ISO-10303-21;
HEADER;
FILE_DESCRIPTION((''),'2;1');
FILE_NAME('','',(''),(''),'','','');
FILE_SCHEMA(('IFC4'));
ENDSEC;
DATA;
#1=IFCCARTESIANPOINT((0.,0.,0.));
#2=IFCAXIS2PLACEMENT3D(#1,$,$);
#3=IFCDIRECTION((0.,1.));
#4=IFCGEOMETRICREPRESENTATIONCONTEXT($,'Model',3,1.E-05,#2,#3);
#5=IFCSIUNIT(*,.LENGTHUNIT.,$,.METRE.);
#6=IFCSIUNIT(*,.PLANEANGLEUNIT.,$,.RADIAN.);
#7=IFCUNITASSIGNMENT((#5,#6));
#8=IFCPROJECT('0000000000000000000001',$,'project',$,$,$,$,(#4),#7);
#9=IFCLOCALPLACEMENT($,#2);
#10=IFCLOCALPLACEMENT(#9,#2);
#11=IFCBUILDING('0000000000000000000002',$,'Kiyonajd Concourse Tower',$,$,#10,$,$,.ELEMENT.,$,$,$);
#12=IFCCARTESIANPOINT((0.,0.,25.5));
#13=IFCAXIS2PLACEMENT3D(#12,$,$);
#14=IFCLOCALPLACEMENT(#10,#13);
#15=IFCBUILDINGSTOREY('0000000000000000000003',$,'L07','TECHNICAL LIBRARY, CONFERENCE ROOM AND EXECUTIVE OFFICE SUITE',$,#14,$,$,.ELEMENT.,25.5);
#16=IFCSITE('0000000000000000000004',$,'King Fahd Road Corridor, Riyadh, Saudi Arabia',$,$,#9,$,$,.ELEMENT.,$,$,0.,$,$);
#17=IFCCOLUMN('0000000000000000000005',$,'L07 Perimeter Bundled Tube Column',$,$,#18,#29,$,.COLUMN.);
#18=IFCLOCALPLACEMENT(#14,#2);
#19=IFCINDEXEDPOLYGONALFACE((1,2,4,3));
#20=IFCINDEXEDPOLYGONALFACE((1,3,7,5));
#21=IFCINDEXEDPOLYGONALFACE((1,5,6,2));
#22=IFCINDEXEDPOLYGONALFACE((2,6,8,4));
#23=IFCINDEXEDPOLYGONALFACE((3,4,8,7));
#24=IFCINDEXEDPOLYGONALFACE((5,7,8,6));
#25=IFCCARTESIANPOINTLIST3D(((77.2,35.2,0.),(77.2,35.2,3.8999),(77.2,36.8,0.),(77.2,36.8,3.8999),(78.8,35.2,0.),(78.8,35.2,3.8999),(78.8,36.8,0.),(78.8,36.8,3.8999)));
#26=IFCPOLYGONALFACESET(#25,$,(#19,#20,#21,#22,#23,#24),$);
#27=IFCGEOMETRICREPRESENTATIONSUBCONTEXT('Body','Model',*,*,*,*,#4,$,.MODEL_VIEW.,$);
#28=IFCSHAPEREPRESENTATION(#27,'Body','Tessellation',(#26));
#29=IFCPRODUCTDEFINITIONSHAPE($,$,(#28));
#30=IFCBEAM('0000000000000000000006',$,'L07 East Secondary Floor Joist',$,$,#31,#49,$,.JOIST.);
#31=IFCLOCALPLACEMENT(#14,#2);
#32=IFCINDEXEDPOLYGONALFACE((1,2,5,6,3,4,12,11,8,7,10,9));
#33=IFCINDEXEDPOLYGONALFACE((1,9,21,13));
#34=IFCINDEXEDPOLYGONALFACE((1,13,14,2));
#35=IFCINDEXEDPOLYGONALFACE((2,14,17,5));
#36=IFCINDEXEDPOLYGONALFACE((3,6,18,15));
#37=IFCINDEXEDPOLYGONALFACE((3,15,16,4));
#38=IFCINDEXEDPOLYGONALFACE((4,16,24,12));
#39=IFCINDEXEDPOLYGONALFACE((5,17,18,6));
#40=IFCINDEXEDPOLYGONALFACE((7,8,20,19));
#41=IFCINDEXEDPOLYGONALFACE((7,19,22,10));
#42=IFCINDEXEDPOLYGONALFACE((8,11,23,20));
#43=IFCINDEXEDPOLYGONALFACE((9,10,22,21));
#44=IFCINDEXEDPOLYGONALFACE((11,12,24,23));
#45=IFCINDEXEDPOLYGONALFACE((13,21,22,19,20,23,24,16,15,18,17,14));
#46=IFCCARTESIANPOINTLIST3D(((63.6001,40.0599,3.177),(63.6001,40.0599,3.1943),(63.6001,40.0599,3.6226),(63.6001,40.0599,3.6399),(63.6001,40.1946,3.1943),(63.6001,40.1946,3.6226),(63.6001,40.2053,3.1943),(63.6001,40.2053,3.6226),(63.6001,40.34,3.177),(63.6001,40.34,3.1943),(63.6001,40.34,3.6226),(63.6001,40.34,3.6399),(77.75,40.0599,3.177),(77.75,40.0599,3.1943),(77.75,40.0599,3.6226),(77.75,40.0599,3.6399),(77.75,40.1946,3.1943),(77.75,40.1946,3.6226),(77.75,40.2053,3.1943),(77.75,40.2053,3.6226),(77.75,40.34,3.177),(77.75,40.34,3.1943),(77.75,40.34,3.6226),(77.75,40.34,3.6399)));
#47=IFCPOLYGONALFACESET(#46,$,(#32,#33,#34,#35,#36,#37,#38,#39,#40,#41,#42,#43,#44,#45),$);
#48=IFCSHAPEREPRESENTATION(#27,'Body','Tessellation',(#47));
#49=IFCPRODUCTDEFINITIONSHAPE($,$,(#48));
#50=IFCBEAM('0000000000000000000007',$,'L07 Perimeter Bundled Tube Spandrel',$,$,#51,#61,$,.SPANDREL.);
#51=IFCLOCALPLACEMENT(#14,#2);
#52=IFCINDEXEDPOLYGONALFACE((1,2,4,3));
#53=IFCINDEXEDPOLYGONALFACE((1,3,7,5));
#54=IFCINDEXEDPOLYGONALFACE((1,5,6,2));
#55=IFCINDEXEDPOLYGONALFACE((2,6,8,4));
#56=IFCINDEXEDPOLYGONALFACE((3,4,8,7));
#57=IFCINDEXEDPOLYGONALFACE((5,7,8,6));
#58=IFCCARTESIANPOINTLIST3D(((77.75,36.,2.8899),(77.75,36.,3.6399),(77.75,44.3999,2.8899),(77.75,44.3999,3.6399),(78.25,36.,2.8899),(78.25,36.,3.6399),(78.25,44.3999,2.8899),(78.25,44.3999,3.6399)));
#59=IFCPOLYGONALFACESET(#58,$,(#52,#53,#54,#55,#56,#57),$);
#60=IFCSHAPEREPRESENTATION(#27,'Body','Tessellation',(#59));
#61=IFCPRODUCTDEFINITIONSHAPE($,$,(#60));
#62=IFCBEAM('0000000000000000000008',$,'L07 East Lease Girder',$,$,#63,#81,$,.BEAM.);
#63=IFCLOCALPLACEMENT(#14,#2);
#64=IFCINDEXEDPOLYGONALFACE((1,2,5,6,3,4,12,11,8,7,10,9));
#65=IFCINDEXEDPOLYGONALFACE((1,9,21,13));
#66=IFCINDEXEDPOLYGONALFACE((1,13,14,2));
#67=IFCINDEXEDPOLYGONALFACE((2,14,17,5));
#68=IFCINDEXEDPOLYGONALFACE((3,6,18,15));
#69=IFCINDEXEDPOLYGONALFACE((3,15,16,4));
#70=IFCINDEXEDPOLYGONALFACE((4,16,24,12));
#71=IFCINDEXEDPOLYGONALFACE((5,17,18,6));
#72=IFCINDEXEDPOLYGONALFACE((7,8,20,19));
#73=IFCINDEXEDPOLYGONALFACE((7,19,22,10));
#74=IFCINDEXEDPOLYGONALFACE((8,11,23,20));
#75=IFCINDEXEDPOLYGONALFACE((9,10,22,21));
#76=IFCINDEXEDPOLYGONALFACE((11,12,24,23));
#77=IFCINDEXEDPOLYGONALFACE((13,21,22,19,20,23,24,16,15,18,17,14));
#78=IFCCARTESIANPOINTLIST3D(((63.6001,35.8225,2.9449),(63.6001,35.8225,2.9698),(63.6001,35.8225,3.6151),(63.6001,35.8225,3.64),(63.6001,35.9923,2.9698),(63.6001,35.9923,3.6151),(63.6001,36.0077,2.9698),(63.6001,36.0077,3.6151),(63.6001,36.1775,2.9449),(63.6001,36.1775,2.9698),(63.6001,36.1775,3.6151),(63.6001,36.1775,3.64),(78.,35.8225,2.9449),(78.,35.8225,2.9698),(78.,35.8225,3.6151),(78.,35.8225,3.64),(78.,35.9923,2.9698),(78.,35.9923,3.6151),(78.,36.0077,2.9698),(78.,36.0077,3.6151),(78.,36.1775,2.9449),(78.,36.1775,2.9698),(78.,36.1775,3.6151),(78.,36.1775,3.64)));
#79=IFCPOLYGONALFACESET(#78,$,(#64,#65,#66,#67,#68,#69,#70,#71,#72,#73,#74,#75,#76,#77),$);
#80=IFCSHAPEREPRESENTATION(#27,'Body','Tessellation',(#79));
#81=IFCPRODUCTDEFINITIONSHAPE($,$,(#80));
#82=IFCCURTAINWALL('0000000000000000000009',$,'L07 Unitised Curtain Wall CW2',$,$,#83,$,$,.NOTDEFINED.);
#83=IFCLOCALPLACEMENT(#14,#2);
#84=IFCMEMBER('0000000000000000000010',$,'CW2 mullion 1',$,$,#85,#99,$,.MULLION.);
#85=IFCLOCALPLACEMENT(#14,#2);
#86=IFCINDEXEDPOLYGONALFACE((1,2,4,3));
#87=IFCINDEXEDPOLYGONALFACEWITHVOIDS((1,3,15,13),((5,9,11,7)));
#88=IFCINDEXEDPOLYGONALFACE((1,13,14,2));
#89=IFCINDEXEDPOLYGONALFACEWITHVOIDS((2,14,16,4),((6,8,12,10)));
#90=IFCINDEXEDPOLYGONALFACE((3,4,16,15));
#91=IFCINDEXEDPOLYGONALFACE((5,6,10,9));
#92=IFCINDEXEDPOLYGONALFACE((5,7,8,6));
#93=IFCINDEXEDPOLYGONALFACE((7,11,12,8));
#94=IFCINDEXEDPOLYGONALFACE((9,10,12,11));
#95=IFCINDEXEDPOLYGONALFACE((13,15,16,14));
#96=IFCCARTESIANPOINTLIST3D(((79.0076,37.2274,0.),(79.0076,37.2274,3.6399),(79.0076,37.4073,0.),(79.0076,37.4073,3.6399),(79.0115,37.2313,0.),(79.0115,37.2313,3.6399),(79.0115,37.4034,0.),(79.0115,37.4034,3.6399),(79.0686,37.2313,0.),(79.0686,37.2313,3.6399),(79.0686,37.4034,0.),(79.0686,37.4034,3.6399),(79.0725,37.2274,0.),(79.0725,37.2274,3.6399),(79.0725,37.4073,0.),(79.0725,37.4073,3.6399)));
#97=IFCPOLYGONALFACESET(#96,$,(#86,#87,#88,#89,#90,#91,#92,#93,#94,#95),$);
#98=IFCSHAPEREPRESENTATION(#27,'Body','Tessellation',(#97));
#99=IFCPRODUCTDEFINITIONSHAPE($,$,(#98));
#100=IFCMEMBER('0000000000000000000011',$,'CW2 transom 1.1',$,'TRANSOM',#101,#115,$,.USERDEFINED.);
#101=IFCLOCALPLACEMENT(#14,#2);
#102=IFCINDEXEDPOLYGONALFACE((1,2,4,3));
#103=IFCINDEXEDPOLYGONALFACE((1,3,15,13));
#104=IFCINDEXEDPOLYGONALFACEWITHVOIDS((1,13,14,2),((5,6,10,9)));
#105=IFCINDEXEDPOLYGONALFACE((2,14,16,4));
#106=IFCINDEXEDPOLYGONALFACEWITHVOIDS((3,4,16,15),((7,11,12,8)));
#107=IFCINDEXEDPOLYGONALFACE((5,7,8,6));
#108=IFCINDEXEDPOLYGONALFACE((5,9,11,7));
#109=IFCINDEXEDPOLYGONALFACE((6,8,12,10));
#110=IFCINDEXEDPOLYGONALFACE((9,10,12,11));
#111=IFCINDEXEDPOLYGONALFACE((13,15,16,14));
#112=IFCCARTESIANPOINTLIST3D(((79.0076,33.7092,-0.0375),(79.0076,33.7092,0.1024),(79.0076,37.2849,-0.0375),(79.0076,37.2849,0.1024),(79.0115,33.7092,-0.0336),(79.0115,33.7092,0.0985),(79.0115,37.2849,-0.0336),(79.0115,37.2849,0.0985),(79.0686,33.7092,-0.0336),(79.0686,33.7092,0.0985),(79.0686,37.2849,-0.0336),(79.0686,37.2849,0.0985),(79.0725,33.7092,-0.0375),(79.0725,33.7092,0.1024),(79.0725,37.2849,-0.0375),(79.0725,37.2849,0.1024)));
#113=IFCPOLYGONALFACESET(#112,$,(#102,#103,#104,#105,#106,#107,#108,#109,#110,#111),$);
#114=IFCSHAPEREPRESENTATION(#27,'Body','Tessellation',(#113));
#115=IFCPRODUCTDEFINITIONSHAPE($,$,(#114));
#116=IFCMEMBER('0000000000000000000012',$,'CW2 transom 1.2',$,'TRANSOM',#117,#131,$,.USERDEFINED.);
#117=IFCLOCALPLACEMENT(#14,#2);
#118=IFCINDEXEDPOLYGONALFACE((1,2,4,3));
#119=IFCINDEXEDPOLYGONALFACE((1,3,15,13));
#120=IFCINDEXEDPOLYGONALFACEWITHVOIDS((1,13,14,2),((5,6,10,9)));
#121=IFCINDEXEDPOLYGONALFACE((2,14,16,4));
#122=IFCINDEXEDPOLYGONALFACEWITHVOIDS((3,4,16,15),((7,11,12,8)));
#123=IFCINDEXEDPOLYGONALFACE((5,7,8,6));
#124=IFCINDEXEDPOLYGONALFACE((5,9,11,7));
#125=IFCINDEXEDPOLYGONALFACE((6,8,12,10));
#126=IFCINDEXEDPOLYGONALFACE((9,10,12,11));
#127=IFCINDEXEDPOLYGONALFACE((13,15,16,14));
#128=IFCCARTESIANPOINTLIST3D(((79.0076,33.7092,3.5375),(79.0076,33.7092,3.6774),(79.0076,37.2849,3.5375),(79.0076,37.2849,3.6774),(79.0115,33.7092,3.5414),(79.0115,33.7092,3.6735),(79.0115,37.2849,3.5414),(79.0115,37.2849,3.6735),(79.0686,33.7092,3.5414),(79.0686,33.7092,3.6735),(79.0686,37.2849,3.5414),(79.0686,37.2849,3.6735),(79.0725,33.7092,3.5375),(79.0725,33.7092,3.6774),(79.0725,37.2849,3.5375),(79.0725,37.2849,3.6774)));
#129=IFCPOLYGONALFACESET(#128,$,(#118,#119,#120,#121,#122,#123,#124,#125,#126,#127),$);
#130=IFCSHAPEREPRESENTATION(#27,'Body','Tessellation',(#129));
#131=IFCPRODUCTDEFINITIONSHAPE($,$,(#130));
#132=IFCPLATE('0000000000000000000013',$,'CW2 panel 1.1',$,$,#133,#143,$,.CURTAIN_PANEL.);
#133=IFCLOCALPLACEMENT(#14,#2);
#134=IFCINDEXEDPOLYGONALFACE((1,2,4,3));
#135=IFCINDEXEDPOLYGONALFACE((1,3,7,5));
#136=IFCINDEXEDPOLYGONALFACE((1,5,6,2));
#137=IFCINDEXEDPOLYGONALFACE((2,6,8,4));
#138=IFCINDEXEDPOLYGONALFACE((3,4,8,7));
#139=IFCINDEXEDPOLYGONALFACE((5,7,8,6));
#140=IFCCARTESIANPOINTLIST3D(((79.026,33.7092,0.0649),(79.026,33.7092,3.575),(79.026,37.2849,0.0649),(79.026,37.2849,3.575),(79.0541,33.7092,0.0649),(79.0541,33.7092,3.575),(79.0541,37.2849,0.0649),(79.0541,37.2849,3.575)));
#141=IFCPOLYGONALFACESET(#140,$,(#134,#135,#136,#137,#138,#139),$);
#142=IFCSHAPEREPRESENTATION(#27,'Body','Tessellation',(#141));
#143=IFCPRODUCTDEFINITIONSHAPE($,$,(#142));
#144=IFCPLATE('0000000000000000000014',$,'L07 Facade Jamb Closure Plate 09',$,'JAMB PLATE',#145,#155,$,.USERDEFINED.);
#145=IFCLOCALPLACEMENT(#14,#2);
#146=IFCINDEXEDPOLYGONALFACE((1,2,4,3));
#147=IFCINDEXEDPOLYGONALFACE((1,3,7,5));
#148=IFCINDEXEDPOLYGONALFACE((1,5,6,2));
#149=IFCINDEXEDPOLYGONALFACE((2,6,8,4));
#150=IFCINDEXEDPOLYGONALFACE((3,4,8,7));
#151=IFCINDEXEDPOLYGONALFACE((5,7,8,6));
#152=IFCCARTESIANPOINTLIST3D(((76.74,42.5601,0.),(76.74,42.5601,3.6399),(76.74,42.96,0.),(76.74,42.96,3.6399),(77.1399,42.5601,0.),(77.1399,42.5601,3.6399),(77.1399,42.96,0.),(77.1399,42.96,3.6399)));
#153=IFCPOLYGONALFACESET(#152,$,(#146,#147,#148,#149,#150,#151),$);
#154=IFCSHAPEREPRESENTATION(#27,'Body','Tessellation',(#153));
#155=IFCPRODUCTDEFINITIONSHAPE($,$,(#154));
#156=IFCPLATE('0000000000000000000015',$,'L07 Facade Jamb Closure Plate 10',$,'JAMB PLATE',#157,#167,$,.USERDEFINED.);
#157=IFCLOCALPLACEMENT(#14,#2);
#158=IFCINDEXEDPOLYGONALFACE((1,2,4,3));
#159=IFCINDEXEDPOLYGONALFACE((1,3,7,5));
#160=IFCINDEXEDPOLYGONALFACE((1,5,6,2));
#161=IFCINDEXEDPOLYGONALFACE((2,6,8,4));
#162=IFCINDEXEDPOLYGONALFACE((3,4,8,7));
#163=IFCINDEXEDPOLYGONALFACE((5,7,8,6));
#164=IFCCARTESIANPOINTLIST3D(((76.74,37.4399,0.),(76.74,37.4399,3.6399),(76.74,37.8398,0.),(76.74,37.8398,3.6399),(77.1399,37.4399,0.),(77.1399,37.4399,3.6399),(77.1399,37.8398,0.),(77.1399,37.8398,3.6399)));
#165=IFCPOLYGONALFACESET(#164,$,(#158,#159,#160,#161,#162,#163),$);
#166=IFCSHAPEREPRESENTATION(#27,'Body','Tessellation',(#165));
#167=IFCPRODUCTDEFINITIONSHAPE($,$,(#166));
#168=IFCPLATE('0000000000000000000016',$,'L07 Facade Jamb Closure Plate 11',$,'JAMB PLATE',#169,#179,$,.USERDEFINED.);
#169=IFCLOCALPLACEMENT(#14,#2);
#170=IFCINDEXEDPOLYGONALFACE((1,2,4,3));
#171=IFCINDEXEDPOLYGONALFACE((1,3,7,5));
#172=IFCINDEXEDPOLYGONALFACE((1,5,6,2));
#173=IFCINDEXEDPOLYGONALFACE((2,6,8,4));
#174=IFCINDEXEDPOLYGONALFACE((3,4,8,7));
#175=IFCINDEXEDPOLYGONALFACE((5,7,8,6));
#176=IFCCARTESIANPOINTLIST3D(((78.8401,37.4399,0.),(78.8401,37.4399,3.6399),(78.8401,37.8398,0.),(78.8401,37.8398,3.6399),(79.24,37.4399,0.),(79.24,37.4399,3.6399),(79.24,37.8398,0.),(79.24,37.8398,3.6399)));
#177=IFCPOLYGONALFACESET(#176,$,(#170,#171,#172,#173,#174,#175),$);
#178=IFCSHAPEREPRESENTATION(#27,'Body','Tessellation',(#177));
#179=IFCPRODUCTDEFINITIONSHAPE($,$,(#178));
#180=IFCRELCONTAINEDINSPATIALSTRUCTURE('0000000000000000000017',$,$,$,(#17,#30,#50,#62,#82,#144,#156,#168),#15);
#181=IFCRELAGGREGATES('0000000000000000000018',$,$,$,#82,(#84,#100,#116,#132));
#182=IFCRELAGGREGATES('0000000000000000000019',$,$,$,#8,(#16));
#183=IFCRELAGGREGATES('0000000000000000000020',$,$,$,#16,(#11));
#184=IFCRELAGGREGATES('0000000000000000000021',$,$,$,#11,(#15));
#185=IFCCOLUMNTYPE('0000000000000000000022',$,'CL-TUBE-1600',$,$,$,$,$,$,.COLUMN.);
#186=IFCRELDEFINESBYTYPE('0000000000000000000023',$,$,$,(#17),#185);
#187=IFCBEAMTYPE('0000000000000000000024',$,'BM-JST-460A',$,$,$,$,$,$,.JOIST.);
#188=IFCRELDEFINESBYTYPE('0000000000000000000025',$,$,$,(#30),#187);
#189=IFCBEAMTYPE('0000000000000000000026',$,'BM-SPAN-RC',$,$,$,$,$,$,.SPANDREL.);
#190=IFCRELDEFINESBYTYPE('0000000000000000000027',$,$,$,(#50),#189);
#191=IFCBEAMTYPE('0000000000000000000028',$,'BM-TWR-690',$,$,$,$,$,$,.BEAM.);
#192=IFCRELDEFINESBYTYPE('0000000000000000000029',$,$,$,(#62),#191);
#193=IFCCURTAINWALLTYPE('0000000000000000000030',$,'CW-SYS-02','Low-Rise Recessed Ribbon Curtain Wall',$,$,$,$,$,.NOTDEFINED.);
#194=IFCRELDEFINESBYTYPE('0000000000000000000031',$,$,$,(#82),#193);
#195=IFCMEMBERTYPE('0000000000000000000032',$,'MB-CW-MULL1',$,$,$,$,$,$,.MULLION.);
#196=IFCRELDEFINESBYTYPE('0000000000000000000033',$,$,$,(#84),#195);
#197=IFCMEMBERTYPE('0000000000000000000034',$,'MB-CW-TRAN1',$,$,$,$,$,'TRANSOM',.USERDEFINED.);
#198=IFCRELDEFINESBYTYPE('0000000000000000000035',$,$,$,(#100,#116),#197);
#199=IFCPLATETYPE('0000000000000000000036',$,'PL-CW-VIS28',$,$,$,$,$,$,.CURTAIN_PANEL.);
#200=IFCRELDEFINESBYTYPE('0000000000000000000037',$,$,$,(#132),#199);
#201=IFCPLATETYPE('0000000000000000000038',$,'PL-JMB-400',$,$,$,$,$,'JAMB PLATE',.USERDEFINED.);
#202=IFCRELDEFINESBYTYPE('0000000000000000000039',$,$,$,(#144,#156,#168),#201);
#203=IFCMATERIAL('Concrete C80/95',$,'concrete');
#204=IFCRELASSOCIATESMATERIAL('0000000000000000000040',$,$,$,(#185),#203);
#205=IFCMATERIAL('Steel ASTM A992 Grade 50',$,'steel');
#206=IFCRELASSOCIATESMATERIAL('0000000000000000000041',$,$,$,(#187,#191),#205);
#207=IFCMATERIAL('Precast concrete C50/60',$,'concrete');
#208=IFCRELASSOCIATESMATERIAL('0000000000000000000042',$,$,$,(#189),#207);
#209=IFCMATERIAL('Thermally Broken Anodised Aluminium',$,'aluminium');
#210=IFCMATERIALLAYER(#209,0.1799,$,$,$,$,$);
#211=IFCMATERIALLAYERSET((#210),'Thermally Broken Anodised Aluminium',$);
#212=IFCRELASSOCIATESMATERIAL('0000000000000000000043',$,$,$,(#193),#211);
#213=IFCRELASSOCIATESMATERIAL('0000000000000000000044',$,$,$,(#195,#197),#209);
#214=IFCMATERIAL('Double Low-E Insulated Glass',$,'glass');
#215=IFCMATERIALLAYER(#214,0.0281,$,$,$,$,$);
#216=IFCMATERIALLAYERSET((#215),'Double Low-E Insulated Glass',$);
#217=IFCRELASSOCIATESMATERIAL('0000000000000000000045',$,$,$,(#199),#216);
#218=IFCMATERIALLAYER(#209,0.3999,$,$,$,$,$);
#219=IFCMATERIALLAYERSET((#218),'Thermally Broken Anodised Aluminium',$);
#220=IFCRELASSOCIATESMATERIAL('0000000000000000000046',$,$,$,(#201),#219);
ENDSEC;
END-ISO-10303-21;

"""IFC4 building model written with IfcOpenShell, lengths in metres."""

from ifc_helpers import new_model, si_unit, direction, frame, origin, origin_2d, place, context, subcontext, project, spatial, rectangle, hollow_rectangle, i_section, extrude, material, layer, layer_set, material_profile, profile_set, type_object, element, aggregate, save


model = new_model("IFC4")

# Units and contexts
model_context = context("Model", 3, precision=1e-05, world=origin(), true_north=direction((0.0, 1.0)))
body_context = subcontext(model_context, "Body", "Model", "MODEL_VIEW")
ifc_project = project(units=[si_unit("LENGTHUNIT", "METRE"), si_unit("PLANEANGLEUNIT", "RADIAN")], contexts=[model_context])

# Site, building, storey
site_placement = place(None, origin())
site = spatial("IfcSite", under=ifc_project, at=site_placement, Name="King Fahd Road Corridor, Riyadh, Saudi Arabia", CompositionType="ELEMENT", RefElevation=0.0)
building_placement = place(site_placement, origin())
building = spatial("IfcBuilding", under=site, at=building_placement, Name="Kiyonajd Concourse Tower", CompositionType="ELEMENT")
storey_placement = place(building_placement, frame((0.0, 0.0, 25.5)))
storey = spatial("IfcBuildingStorey", under=building, at=storey_placement, Name="L07", Description="TECHNICAL LIBRARY, CONFERENCE ROOM AND EXECUTIVE OFFICE SUITE", CompositionType="ELEMENT", Elevation=25.5)

# Column
ifc_material_1 = material(Name="Concrete C80/95", Category="concrete")
ifc_material_profile_1 = material_profile(ifc_material_1, rectangle(XDim=1.6001, YDim=1.6001, at=origin_2d()), Name="RC-1600x1600")
ifc_profile_set_1 = profile_set([ifc_material_profile_1], Name="Concrete C80/95")
column_type = type_object("IfcColumnType", Name="CL-TUBE-1600", PredefinedType="COLUMN", material=ifc_profile_set_1)
column_placement = place(storey_placement, frame((78.0, 36.0, 0.0), z_axis=(0.0, 0.0, 1.0), x_axis=(1.0, 0.0, 0.0)))
element("IfcColumn", 1, at=column_placement, inside=storey, type_object=column_type, Name="L07 Perimeter Bundled Tube Column", PredefinedType="COLUMN", context=body_context, shape_type="SweptSolid", body=[
    extrude(rectangle(XDim=1.6001, YDim=1.6001, at=origin_2d()), origin(), (0.0, 0.0, 1.0), 3.8999),
])

# Beams
ifc_material_2 = material(Name="Steel ASTM A992 Grade 50", Category="steel")
ifc_material_profile_2 = material_profile(ifc_material_2, i_section(OverallWidth=0.28, OverallDepth=0.4629, WebThickness=0.0107, FlangeThickness=0.0173, at=origin_2d()), Name="W460X113")
ifc_profile_set_2 = profile_set([ifc_material_profile_2], Name="Steel ASTM A992 Grade 50")
beam_type_1 = type_object("IfcBeamType", Name="BM-JST-460A", PredefinedType="JOIST", material=ifc_profile_set_2)
beam_1_placement = place(storey_placement, frame((63.6001, 40.2, 3.4084), z_axis=(1.0, 0.0, 0.0), x_axis=(0.0, 1.0, 0.0)))
element("IfcBeam", 2, at=beam_1_placement, inside=storey, type_object=beam_type_1, Name="L07 East Secondary Floor Joist", PredefinedType="JOIST", context=body_context, shape_type="SweptSolid", body=[
    extrude(i_section(OverallWidth=0.28, OverallDepth=0.4629, WebThickness=0.0107, FlangeThickness=0.0173, at=origin_2d()), origin(), (0.0, 0.0, 1.0), 14.1499),
])
ifc_material_3 = material(Name="Precast concrete C50/60", Category="concrete")
ifc_material_profile_3 = material_profile(ifc_material_3, rectangle(XDim=0.5, YDim=0.75, at=origin_2d()), Name="RCBM-500x750")
ifc_profile_set_3 = profile_set([ifc_material_profile_3], Name="Precast concrete C50/60")
beam_type_2 = type_object("IfcBeamType", Name="BM-SPAN-RC", PredefinedType="SPANDREL", material=ifc_profile_set_3)
beam_2_placement = place(storey_placement, frame((78.0, 36.0, 3.2649), z_axis=(0.0, 1.0, 0.0), x_axis=(-1.0, 0.0, 0.0)))
element("IfcBeam", 3, at=beam_2_placement, inside=storey, type_object=beam_type_2, Name="L07 Perimeter Bundled Tube Spandrel", PredefinedType="SPANDREL", context=body_context, shape_type="SweptSolid", body=[
    extrude(rectangle(XDim=0.5, YDim=0.75, at=origin_2d()), origin(), (0.0, 0.0, 1.0), 8.3999),
])
ifc_material_profile_4 = material_profile(ifc_material_2, i_section(OverallWidth=0.355, OverallDepth=0.6951, WebThickness=0.0154, FlangeThickness=0.0249, at=origin_2d()), Name="W690X217")
ifc_profile_set_4 = profile_set([ifc_material_profile_4], Name="Steel ASTM A992 Grade 50")
beam_type_3 = type_object("IfcBeamType", Name="BM-TWR-690", PredefinedType="BEAM", material=ifc_profile_set_4)
beam_3_placement = place(storey_placement, frame((63.6001, 36.0, 3.2925), z_axis=(1.0, 0.0, 0.0), x_axis=(0.0, 1.0, 0.0)))
element("IfcBeam", 4, at=beam_3_placement, inside=storey, type_object=beam_type_3, Name="L07 East Lease Girder", PredefinedType="BEAM", context=body_context, shape_type="SweptSolid", body=[
    extrude(i_section(OverallWidth=0.355, OverallDepth=0.6951, WebThickness=0.0154, FlangeThickness=0.0249, at=origin_2d()), origin(), (0.0, 0.0, 1.0), 14.3999),
])

# Curtain wall, members, plate
ifc_material_4 = material(Name="Thermally Broken Anodised Aluminium", Category="aluminium")
ifc_layer_1 = layer(ifc_material_4, 0.1799)
ifc_layer_set_1 = layer_set([ifc_layer_1], Name="Thermally Broken Anodised Aluminium")
curtain_wall_type = type_object("IfcCurtainWallType", Name="CW-SYS-02", Description="Low-Rise Recessed Ribbon Curtain Wall", PredefinedType="NOTDEFINED", material=ifc_layer_set_1)
curtain_wall_placement = place(storey_placement, origin())
curtain_wall = element("IfcCurtainWall", 5, at=curtain_wall_placement, inside=storey, type_object=curtain_wall_type, Name="L07 Unitised Curtain Wall CW2", PredefinedType="NOTDEFINED")
ifc_material_profile_5 = material_profile(ifc_material_4, hollow_rectangle(XDim=0.0649, YDim=0.1799, WallThickness=0.0039, at=origin_2d()), Name="MULL-65x180")
ifc_profile_set_5 = profile_set([ifc_material_profile_5], Name="Thermally Broken Anodised Aluminium")
member_type_1 = type_object("IfcMemberType", Name="MB-CW-MULL1", PredefinedType="MULLION", material=ifc_profile_set_5)
member_1_placement = place(storey_placement, frame((79.04, 37.3174, 0.0), z_axis=(0.0, 0.0, 1.0), x_axis=(1.0, 0.0, 0.0)))
member_1 = element("IfcMember", 6, at=member_1_placement, type_object=member_type_1, Name="CW2 mullion 1", PredefinedType="MULLION", context=body_context, shape_type="SweptSolid", body=[
    extrude(hollow_rectangle(XDim=0.0649, YDim=0.1799, WallThickness=0.0039, at=origin_2d()), origin(), (0.0, 0.0, 1.0), 3.6399),
])
ifc_material_profile_6 = material_profile(ifc_material_4, hollow_rectangle(XDim=0.0649, YDim=0.1399, WallThickness=0.0039, at=origin_2d()), Name="TRAN-65x140")
ifc_profile_set_6 = profile_set([ifc_material_profile_6], Name="Thermally Broken Anodised Aluminium")
member_type_2 = type_object("IfcMemberType", Name="MB-CW-TRAN1", ElementType="TRANSOM", PredefinedType="USERDEFINED", material=ifc_profile_set_6)
member_2_placement = place(storey_placement, frame((79.04, 37.2849, 0.0325), z_axis=(0.0, -1.0, 0.0), x_axis=(1.0, 0.0, 0.0)))
member_2 = element("IfcMember", 7, at=member_2_placement, type_object=member_type_2, Name="CW2 transom 1.1", ObjectType="TRANSOM", PredefinedType="USERDEFINED", context=body_context, shape_type="SweptSolid", body=[
    extrude(hollow_rectangle(XDim=0.0649, YDim=0.1399, WallThickness=0.0039, at=origin_2d()), origin(), (0.0, 0.0, 1.0), 3.5757),
])
member_3_placement = place(storey_placement, frame((79.04, 37.2849, 3.6074), z_axis=(0.0, -1.0, 0.0), x_axis=(1.0, 0.0, 0.0)))
member_3 = element("IfcMember", 8, at=member_3_placement, type_object=member_type_2, Name="CW2 transom 1.2", ObjectType="TRANSOM", PredefinedType="USERDEFINED", context=body_context, shape_type="SweptSolid", body=[
    extrude(hollow_rectangle(XDim=0.0649, YDim=0.1399, WallThickness=0.0039, at=origin_2d()), origin(), (0.0, 0.0, 1.0), 3.5757),
])
ifc_material_5 = material(Name="Double Low-E Insulated Glass", Category="glass")
ifc_layer_2 = layer(ifc_material_5, 0.0281)
ifc_layer_set_2 = layer_set([ifc_layer_2], Name="Double Low-E Insulated Glass")
plate_type_1 = type_object("IfcPlateType", Name="PL-CW-VIS28", PredefinedType="CURTAIN_PANEL", material=ifc_layer_set_2)
plate_placement = place(storey_placement, frame((79.04, 35.4971, 0.0649), z_axis=(0.0, 0.0, 1.0), x_axis=(0.0, -1.0, 0.0)))
plate = element("IfcPlate", 9, at=plate_placement, type_object=plate_type_1, Name="CW2 panel 1.1", PredefinedType="CURTAIN_PANEL", context=body_context, shape_type="SweptSolid", body=[
    extrude(rectangle(XDim=3.5757, YDim=0.0281, at=origin_2d()), origin(), (0.0, 0.0, 1.0), 3.51),
])
aggregate(curtain_wall, [member_1, member_2, member_3, plate])

# Plates
ifc_layer_3 = layer(ifc_material_4, 0.3999)
ifc_layer_set_3 = layer_set([ifc_layer_3], Name="Thermally Broken Anodised Aluminium")
plate_type_2 = type_object("IfcPlateType", Name="PL-JMB-400", ElementType="JAMB PLATE", PredefinedType="USERDEFINED", material=ifc_layer_set_3)
for number, where, z_axis, x_axis, name in (
    (10, (76.9399, 42.76, 0.0), (0.0, 0.0, 1.0), (1.0, 0.0, 0.0), "L07 Facade Jamb Closure Plate 09"),
    (11, (76.9399, 37.6399, 0.0), (0.0, 0.0, 1.0), (1.0, 0.0, 0.0), "L07 Facade Jamb Closure Plate 10"),
    (12, (79.04, 37.6399, 0.0), (0.0, 0.0, 1.0), (1.0, 0.0, 0.0), "L07 Facade Jamb Closure Plate 11"),
):
    element("IfcPlate", number, at=place(storey_placement, frame(where, z_axis=z_axis, x_axis=x_axis)), inside=storey, type_object=plate_type_2, Name=name, ObjectType="JAMB PLATE", PredefinedType="USERDEFINED", context=body_context, shape_type="SweptSolid", body=[
        extrude(rectangle(XDim=0.3999, YDim=0.3999, at=origin_2d()), origin(), (0.0, 0.0, 1.0), 3.6399),
    ])

save(model, "model.ifc")
